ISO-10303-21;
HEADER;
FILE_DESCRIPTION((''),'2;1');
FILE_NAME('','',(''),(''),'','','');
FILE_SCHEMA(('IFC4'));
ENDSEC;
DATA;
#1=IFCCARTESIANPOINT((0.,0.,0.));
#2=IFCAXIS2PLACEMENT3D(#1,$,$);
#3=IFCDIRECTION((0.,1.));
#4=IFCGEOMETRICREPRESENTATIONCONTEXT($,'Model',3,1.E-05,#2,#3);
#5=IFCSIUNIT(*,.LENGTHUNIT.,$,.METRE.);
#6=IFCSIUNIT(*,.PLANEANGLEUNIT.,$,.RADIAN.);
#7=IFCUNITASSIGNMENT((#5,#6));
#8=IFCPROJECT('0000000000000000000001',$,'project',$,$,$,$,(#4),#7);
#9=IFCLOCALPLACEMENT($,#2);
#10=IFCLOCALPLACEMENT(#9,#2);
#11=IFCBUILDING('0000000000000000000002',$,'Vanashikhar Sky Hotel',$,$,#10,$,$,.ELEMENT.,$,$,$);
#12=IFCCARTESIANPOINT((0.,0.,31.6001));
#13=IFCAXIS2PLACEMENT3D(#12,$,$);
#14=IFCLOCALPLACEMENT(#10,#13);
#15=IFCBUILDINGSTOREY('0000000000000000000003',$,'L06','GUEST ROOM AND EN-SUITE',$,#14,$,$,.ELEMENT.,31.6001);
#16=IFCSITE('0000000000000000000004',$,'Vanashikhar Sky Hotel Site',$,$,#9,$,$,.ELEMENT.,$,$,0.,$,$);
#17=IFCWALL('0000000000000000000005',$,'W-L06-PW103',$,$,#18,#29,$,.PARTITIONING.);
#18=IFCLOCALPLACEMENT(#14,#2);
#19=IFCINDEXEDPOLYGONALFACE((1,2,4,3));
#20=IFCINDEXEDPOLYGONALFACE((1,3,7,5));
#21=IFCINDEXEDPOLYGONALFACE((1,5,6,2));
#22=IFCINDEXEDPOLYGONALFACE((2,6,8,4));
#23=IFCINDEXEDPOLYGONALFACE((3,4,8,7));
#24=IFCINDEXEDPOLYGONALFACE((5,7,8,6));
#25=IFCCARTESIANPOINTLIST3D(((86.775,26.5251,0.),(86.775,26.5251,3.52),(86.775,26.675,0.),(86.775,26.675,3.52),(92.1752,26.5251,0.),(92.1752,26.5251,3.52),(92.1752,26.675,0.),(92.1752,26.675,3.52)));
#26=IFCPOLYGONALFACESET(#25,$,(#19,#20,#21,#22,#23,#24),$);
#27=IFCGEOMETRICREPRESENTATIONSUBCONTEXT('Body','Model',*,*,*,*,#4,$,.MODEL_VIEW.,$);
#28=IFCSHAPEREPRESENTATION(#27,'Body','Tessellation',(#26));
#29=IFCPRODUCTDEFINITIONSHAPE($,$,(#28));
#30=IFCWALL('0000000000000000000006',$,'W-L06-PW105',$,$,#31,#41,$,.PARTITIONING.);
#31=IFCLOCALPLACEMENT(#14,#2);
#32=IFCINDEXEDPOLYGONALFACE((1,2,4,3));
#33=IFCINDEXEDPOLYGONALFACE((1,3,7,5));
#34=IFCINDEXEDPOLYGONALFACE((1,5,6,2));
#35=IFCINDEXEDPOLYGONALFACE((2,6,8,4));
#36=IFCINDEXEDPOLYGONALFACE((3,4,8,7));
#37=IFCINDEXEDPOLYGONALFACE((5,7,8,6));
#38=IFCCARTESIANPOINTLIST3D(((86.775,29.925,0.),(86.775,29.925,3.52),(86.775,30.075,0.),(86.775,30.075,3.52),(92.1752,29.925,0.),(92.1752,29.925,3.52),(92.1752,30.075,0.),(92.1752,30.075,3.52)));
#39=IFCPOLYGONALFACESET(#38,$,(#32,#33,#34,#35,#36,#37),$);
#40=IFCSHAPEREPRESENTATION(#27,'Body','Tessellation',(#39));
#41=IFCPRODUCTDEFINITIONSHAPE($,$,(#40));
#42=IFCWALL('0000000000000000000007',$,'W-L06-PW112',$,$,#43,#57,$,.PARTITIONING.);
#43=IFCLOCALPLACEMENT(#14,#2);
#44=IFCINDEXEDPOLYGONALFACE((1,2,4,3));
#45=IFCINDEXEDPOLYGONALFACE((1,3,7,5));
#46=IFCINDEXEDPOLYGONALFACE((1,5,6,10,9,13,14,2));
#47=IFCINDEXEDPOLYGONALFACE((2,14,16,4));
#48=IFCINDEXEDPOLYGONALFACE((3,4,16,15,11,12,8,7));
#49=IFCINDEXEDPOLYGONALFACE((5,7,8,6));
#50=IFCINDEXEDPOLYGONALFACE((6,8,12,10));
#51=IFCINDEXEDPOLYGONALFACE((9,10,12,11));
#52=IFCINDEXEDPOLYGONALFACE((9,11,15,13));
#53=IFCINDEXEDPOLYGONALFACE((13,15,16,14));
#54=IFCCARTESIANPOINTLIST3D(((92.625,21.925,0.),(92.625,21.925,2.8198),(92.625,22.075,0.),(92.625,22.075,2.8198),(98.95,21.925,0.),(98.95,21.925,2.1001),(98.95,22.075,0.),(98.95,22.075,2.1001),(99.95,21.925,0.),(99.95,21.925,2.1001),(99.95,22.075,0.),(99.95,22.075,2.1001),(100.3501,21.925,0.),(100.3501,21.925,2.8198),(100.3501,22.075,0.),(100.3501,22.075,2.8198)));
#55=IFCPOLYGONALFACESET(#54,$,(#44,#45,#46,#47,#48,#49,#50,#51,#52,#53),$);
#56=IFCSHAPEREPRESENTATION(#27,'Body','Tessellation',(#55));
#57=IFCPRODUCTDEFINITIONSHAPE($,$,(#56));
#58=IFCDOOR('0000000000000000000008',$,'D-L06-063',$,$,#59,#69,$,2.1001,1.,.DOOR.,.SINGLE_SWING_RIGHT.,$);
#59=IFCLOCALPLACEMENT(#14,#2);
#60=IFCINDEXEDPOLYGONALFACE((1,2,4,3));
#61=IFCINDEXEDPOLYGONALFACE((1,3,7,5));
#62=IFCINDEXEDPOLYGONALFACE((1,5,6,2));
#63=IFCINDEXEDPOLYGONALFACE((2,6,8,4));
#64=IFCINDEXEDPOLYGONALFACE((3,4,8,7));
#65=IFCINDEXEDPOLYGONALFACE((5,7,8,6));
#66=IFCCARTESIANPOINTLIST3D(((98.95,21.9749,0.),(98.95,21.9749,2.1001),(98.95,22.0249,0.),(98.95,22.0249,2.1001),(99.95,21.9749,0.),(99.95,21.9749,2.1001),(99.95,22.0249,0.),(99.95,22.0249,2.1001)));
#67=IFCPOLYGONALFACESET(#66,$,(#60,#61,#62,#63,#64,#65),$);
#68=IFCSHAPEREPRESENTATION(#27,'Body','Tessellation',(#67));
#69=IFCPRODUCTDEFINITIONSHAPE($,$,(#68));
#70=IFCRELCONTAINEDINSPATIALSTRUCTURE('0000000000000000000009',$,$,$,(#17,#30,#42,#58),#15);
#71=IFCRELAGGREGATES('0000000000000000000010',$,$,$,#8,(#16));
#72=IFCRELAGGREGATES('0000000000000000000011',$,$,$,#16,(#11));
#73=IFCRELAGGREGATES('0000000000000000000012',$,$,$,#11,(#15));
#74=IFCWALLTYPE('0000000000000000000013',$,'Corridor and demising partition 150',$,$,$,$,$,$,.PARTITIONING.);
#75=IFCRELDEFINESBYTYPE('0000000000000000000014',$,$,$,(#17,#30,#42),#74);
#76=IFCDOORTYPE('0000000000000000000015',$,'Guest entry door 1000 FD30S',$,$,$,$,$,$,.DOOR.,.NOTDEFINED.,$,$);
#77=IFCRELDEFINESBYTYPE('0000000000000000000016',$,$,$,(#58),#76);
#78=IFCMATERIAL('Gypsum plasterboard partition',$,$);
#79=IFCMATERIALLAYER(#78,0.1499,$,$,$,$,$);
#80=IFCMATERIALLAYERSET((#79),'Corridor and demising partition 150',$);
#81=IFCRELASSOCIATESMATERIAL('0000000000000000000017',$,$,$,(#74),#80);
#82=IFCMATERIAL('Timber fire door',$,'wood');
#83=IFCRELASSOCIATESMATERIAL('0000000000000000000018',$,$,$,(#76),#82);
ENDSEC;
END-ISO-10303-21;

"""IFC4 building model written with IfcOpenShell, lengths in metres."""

from ifc_helpers import new_model, si_unit, direction, frame, frame_2d, origin, place, context, subcontext, project, spatial, rectangle, extrude, source, transform, mapped, material, layer, layer_set, type_object, element, fill, save


model = new_model("IFC4")

# Units and contexts
model_context = context("Model", 3, precision=1e-05, world=origin(), true_north=direction((0.0, 1.0)))
body_context = subcontext(model_context, "Body", "Model", "MODEL_VIEW")
ifc_project = project(units=[si_unit("LENGTHUNIT", "METRE"), si_unit("PLANEANGLEUNIT", "RADIAN")], contexts=[model_context])

# Site, building, storey
site_placement = place(None, origin())
site = spatial("IfcSite", under=ifc_project, at=site_placement, Name="Vanashikhar Sky Hotel Site", CompositionType="ELEMENT", RefElevation=0.0)
building_placement = place(site_placement, origin())
building = spatial("IfcBuilding", under=site, at=building_placement, Name="Vanashikhar Sky Hotel", CompositionType="ELEMENT")
storey_placement = place(building_placement, frame((0.0, 0.0, 31.6001)))
storey = spatial("IfcBuildingStorey", under=building, at=storey_placement, Name="L06", Description="GUEST ROOM AND EN-SUITE", CompositionType="ELEMENT", Elevation=31.6001)

# Shared definitions
ifc_material_1 = material(Name="Gypsum plasterboard partition")
ifc_layer_1 = layer(ifc_material_1, 0.1499)
ifc_layer_set_1 = layer_set([ifc_layer_1], Name="Corridor and demising partition 150")
wall_type_1 = type_object("IfcWallType", Name="Corridor and demising partition 150", PredefinedType="PARTITIONING", material=ifc_layer_set_1)
shared_shape_1 = source(origin(), body_context, "Body", "SweptSolid", [
    extrude(rectangle(XDim=1.0, YDim=2.1001, at=frame_2d((0.5, 1.05))), frame((0.0, 0.085, 0.0), z_axis=(0.0, -1.0, 0.0), x_axis=(1.0, 0.0, 0.0)), (0.0, 0.0, 1.0), 0.1699),
])
ifc_material_2 = material(Name="Timber fire door", Category="wood")
door_type_1 = type_object("IfcDoorType", Name="Guest entry door 1000 FD30S", OperationType="NOTDEFINED", PredefinedType="DOOR", material=ifc_material_2)
shared_shape_2 = source(origin(), body_context, "Body", "SweptSolid", [
    extrude(rectangle(XDim=1.0, YDim=2.1001, at=frame_2d((0.5, 1.05))), frame((0.0, 0.0249, 0.0), z_axis=(0.0, -1.0, 0.0), x_axis=(1.0, 0.0, 0.0)), (0.0, 0.0, 1.0), 0.05),
])

# Walls
shared_shape_3 = source(origin(), body_context, "Body", "SweptSolid", [
    extrude(rectangle(XDim=5.4001, YDim=0.1499, at=frame_2d((2.7002, 0.0))), origin(), (0.0, 0.0, 1.0), 3.52),
])
for number, where, z_axis, x_axis, name in (
    (1, (86.7749, 26.6001, 0.0), (0.0, 0.0, 1.0), (1.0, 0.0, 0.0), "W-L06-PW103"),
    (2, (86.7749, 30.0, 0.0), (0.0, 0.0, 1.0), (1.0, 0.0, 0.0), "W-L06-PW105"),
):
    element("IfcWall", number, at=place(storey_placement, frame(where, z_axis=z_axis, x_axis=x_axis)), inside=storey, type_object=wall_type_1, Name=name, PredefinedType="PARTITIONING", context=body_context, shape_type="MappedRepresentation", body=[
        mapped(shared_shape_3, transform((0.0, 0.0, 0.0), scale=1.0)),
    ])

# Wall, opening, door
shared_shape_4 = source(origin(), body_context, "Body", "SweptSolid", [
    extrude(rectangle(XDim=7.7251, YDim=0.1499, at=frame_2d((3.8625, 0.0))), origin(), (0.0, 0.0, 1.0), 2.8198),
])
wall_1_placement = place(storey_placement, frame((92.625, 22.0, 0.0), z_axis=(0.0, 0.0, 1.0), x_axis=(1.0, 0.0, 0.0)))
wall_1 = element("IfcWall", 3, at=wall_1_placement, inside=storey, type_object=wall_type_1, Name="W-L06-PW112", PredefinedType="PARTITIONING", context=body_context, shape_type="MappedRepresentation", body=[
    mapped(shared_shape_4, transform((0.0, 0.0, 0.0), scale=1.0)),
])
opening_1_placement = place(wall_1_placement, frame((6.325, 0.0, 0.0)))
opening_1 = element("IfcOpeningElement", 4, at=opening_1_placement, cuts=wall_1, PredefinedType="OPENING", context=body_context, shape_type="MappedRepresentation", body=[
    mapped(shared_shape_1, transform((0.0, 0.0, 0.0), scale=1.0)),
])
door_1_placement = place(opening_1_placement, origin())
door_1 = element("IfcDoor", 5, at=door_1_placement, inside=storey, type_object=door_type_1, Name="D-L06-063", OperationType="SINGLE_SWING_RIGHT", OverallHeight=2.1001, OverallWidth=1.0, PredefinedType="DOOR", context=body_context, shape_type="MappedRepresentation", body=[
    mapped(shared_shape_2, transform((0.0, 0.0, 0.0), scale=1.0)),
])
fill(opening_1, door_1)

save(model, "model.ifc")
